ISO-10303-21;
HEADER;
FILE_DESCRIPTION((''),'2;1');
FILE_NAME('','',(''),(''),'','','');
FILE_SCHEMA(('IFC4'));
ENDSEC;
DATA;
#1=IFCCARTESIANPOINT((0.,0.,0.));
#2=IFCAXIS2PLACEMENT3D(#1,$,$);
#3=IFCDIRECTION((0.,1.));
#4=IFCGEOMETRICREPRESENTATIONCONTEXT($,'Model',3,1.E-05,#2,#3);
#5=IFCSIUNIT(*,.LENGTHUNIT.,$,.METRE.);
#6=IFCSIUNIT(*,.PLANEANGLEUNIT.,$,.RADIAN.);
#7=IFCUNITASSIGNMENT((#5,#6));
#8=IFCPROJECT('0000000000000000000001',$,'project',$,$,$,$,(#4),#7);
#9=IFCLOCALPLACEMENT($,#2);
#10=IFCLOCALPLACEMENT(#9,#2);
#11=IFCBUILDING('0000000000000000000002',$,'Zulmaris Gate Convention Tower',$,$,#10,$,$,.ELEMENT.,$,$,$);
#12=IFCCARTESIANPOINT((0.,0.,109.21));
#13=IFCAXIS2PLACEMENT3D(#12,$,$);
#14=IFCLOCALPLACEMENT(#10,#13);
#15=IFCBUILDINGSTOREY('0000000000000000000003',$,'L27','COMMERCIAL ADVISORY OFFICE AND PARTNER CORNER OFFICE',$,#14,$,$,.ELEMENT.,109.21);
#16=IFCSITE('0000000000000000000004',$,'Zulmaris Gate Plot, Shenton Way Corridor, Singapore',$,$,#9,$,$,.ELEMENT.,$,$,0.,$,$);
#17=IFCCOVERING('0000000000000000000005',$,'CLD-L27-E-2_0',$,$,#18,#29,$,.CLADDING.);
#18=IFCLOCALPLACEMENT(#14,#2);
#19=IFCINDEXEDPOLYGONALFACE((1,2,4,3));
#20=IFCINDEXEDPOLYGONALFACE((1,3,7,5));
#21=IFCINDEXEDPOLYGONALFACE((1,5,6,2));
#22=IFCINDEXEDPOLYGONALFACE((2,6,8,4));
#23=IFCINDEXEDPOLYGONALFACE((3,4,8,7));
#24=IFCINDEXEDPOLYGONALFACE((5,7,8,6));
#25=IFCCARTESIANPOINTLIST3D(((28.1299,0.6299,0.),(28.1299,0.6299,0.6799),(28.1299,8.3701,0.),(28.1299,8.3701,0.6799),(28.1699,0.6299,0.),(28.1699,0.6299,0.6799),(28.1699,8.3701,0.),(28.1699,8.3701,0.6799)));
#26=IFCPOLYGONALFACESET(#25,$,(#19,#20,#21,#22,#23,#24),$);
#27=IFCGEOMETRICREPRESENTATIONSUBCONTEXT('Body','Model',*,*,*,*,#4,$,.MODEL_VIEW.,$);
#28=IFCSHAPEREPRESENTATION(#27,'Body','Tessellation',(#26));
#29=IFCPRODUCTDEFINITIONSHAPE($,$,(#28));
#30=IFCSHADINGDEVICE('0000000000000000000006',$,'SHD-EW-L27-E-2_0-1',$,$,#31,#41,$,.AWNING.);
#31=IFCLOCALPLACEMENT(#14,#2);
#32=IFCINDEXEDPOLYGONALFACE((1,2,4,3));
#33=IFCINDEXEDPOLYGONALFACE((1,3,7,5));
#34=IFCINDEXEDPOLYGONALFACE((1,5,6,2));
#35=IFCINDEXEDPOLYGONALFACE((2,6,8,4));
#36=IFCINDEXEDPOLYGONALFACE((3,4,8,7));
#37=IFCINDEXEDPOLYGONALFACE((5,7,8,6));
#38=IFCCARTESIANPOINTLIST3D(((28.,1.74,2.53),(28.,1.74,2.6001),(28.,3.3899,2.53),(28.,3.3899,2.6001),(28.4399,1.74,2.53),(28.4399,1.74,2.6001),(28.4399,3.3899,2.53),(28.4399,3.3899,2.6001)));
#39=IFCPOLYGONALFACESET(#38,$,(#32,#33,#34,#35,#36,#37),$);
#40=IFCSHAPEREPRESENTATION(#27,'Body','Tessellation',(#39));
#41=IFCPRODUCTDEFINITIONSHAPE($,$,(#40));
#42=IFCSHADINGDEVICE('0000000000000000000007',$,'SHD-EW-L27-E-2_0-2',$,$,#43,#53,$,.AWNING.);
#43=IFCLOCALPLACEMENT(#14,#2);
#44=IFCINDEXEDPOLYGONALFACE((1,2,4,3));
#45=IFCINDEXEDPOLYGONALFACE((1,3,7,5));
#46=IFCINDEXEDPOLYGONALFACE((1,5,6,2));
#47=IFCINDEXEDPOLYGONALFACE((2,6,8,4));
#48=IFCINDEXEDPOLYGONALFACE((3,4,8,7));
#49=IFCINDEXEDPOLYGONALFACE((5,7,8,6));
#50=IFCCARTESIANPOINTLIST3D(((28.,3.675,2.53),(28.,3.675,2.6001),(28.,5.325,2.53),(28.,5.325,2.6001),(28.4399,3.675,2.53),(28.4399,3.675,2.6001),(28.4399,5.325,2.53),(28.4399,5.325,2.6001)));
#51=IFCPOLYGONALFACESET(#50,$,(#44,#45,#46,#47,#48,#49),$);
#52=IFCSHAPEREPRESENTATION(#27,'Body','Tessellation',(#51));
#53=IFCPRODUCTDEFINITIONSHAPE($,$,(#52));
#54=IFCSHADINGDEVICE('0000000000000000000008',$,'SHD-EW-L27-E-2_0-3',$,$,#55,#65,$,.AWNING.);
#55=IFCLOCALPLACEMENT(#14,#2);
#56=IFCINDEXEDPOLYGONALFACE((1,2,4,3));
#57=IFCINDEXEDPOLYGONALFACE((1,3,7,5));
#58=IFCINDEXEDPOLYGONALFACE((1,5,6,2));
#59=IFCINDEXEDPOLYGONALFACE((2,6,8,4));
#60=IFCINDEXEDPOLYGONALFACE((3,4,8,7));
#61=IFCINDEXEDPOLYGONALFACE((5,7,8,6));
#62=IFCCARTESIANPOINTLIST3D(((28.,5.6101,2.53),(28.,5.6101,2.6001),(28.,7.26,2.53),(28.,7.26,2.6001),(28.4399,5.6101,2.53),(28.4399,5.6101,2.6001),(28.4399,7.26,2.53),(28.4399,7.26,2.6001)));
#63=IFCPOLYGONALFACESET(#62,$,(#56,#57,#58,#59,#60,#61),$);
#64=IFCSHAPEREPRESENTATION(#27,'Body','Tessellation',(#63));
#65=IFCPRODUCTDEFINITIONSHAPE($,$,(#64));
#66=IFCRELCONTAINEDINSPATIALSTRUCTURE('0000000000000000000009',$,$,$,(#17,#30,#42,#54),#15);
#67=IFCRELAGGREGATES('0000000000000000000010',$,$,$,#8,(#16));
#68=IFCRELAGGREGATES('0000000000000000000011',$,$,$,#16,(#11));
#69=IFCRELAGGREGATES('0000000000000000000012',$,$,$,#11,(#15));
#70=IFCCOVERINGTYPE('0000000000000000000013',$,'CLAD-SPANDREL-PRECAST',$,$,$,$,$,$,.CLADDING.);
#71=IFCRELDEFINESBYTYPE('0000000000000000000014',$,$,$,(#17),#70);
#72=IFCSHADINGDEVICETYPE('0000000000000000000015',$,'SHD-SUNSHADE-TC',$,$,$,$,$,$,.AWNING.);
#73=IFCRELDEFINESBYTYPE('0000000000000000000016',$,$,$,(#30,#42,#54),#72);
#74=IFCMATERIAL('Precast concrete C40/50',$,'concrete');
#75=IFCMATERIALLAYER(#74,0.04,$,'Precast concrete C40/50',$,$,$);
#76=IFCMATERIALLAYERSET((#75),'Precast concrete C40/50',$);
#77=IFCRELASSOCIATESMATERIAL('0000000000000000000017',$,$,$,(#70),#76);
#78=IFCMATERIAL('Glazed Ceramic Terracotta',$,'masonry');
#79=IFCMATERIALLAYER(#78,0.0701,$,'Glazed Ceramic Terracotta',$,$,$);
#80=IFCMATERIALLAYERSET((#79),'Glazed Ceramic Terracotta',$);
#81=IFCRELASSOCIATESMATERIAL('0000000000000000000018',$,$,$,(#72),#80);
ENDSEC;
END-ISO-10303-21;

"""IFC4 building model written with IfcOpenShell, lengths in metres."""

from ifc_helpers import new_model, si_unit, direction, frame, frame_2d, origin, place, context, subcontext, project, spatial, rectangle, extrude, material, layer, layer_set, type_object, element, save


model = new_model("IFC4")

# Units and contexts
model_context = context("Model", 3, precision=1e-05, world=origin(), true_north=direction((0.0, 1.0)))
body_context = subcontext(model_context, "Body", "Model", "MODEL_VIEW")
ifc_project = project(units=[si_unit("LENGTHUNIT", "METRE"), si_unit("PLANEANGLEUNIT", "RADIAN")], contexts=[model_context])

# Site, building, storey
site_placement = place(None, origin())
site = spatial("IfcSite", under=ifc_project, at=site_placement, Name="Zulmaris Gate Plot, Shenton Way Corridor, Singapore", CompositionType="ELEMENT", RefElevation=0.0)
building_placement = place(site_placement, origin())
building = spatial("IfcBuilding", under=site, at=building_placement, Name="Zulmaris Gate Convention Tower", CompositionType="ELEMENT")
storey_placement = place(building_placement, frame((0.0, 0.0, 109.21)))
storey = spatial("IfcBuildingStorey", under=building, at=storey_placement, Name="L27", Description="COMMERCIAL ADVISORY OFFICE AND PARTNER CORNER OFFICE", CompositionType="ELEMENT", Elevation=109.21)

# Shared definitions
ifc_material_1 = material(Name="Precast concrete C40/50", Category="concrete")

# Covering
ifc_layer_1 = layer(ifc_material_1, 0.04, Name="Precast concrete C40/50")
ifc_layer_set_1 = layer_set([ifc_layer_1], Name="Precast concrete C40/50")
covering_type = type_object("IfcCoveringType", Name="CLAD-SPANDREL-PRECAST", PredefinedType="CLADDING", material=ifc_layer_set_1)
covering_placement = place(storey_placement, frame((28.1499, 0.6299, 0.0), z_axis=(0.0, 0.0, 1.0), x_axis=(0.0, 1.0, 0.0)))
element("IfcCovering", 1, at=covering_placement, inside=storey, type_object=covering_type, Name="CLD-L27-E-2_0", PredefinedType="CLADDING", context=body_context, shape_type="SweptSolid", body=[
    extrude(rectangle(XDim=7.7402, YDim=0.04, at=frame_2d((3.8701, 0.0))), origin(), (0.0, 0.0, 1.0), 0.6799),
])

# Shading devices
ifc_material_2 = material(Name="Glazed Ceramic Terracotta", Category="masonry")
ifc_layer_2 = layer(ifc_material_2, 0.0701, Name="Glazed Ceramic Terracotta")
ifc_layer_set_2 = layer_set([ifc_layer_2], Name="Glazed Ceramic Terracotta")
shading_device_type = type_object("IfcShadingDeviceType", Name="SHD-SUNSHADE-TC", PredefinedType="AWNING", material=ifc_layer_set_2)
for number, where, z_axis, x_axis, name in (
    (2, (28.22, 1.74, 2.53), (0.0, 0.0, 1.0), (0.0, 1.0, 0.0), "SHD-EW-L27-E-2_0-1"),
    (3, (28.22, 3.675, 2.53), (0.0, 0.0, 1.0), (0.0, 1.0, 0.0), "SHD-EW-L27-E-2_0-2"),
    (4, (28.22, 5.6101, 2.53), (0.0, 0.0, 1.0), (0.0, 1.0, 0.0), "SHD-EW-L27-E-2_0-3"),
):
    element("IfcShadingDevice", number, at=place(storey_placement, frame(where, z_axis=z_axis, x_axis=x_axis)), inside=storey, type_object=shading_device_type, Name=name, PredefinedType="AWNING", context=body_context, shape_type="SweptSolid", body=[
        extrude(rectangle(XDim=1.6499, YDim=0.4399, at=frame_2d((0.825, 0.0))), origin(), (0.0, 0.0, 1.0), 0.0701),
    ])

save(model, "model.ifc")
